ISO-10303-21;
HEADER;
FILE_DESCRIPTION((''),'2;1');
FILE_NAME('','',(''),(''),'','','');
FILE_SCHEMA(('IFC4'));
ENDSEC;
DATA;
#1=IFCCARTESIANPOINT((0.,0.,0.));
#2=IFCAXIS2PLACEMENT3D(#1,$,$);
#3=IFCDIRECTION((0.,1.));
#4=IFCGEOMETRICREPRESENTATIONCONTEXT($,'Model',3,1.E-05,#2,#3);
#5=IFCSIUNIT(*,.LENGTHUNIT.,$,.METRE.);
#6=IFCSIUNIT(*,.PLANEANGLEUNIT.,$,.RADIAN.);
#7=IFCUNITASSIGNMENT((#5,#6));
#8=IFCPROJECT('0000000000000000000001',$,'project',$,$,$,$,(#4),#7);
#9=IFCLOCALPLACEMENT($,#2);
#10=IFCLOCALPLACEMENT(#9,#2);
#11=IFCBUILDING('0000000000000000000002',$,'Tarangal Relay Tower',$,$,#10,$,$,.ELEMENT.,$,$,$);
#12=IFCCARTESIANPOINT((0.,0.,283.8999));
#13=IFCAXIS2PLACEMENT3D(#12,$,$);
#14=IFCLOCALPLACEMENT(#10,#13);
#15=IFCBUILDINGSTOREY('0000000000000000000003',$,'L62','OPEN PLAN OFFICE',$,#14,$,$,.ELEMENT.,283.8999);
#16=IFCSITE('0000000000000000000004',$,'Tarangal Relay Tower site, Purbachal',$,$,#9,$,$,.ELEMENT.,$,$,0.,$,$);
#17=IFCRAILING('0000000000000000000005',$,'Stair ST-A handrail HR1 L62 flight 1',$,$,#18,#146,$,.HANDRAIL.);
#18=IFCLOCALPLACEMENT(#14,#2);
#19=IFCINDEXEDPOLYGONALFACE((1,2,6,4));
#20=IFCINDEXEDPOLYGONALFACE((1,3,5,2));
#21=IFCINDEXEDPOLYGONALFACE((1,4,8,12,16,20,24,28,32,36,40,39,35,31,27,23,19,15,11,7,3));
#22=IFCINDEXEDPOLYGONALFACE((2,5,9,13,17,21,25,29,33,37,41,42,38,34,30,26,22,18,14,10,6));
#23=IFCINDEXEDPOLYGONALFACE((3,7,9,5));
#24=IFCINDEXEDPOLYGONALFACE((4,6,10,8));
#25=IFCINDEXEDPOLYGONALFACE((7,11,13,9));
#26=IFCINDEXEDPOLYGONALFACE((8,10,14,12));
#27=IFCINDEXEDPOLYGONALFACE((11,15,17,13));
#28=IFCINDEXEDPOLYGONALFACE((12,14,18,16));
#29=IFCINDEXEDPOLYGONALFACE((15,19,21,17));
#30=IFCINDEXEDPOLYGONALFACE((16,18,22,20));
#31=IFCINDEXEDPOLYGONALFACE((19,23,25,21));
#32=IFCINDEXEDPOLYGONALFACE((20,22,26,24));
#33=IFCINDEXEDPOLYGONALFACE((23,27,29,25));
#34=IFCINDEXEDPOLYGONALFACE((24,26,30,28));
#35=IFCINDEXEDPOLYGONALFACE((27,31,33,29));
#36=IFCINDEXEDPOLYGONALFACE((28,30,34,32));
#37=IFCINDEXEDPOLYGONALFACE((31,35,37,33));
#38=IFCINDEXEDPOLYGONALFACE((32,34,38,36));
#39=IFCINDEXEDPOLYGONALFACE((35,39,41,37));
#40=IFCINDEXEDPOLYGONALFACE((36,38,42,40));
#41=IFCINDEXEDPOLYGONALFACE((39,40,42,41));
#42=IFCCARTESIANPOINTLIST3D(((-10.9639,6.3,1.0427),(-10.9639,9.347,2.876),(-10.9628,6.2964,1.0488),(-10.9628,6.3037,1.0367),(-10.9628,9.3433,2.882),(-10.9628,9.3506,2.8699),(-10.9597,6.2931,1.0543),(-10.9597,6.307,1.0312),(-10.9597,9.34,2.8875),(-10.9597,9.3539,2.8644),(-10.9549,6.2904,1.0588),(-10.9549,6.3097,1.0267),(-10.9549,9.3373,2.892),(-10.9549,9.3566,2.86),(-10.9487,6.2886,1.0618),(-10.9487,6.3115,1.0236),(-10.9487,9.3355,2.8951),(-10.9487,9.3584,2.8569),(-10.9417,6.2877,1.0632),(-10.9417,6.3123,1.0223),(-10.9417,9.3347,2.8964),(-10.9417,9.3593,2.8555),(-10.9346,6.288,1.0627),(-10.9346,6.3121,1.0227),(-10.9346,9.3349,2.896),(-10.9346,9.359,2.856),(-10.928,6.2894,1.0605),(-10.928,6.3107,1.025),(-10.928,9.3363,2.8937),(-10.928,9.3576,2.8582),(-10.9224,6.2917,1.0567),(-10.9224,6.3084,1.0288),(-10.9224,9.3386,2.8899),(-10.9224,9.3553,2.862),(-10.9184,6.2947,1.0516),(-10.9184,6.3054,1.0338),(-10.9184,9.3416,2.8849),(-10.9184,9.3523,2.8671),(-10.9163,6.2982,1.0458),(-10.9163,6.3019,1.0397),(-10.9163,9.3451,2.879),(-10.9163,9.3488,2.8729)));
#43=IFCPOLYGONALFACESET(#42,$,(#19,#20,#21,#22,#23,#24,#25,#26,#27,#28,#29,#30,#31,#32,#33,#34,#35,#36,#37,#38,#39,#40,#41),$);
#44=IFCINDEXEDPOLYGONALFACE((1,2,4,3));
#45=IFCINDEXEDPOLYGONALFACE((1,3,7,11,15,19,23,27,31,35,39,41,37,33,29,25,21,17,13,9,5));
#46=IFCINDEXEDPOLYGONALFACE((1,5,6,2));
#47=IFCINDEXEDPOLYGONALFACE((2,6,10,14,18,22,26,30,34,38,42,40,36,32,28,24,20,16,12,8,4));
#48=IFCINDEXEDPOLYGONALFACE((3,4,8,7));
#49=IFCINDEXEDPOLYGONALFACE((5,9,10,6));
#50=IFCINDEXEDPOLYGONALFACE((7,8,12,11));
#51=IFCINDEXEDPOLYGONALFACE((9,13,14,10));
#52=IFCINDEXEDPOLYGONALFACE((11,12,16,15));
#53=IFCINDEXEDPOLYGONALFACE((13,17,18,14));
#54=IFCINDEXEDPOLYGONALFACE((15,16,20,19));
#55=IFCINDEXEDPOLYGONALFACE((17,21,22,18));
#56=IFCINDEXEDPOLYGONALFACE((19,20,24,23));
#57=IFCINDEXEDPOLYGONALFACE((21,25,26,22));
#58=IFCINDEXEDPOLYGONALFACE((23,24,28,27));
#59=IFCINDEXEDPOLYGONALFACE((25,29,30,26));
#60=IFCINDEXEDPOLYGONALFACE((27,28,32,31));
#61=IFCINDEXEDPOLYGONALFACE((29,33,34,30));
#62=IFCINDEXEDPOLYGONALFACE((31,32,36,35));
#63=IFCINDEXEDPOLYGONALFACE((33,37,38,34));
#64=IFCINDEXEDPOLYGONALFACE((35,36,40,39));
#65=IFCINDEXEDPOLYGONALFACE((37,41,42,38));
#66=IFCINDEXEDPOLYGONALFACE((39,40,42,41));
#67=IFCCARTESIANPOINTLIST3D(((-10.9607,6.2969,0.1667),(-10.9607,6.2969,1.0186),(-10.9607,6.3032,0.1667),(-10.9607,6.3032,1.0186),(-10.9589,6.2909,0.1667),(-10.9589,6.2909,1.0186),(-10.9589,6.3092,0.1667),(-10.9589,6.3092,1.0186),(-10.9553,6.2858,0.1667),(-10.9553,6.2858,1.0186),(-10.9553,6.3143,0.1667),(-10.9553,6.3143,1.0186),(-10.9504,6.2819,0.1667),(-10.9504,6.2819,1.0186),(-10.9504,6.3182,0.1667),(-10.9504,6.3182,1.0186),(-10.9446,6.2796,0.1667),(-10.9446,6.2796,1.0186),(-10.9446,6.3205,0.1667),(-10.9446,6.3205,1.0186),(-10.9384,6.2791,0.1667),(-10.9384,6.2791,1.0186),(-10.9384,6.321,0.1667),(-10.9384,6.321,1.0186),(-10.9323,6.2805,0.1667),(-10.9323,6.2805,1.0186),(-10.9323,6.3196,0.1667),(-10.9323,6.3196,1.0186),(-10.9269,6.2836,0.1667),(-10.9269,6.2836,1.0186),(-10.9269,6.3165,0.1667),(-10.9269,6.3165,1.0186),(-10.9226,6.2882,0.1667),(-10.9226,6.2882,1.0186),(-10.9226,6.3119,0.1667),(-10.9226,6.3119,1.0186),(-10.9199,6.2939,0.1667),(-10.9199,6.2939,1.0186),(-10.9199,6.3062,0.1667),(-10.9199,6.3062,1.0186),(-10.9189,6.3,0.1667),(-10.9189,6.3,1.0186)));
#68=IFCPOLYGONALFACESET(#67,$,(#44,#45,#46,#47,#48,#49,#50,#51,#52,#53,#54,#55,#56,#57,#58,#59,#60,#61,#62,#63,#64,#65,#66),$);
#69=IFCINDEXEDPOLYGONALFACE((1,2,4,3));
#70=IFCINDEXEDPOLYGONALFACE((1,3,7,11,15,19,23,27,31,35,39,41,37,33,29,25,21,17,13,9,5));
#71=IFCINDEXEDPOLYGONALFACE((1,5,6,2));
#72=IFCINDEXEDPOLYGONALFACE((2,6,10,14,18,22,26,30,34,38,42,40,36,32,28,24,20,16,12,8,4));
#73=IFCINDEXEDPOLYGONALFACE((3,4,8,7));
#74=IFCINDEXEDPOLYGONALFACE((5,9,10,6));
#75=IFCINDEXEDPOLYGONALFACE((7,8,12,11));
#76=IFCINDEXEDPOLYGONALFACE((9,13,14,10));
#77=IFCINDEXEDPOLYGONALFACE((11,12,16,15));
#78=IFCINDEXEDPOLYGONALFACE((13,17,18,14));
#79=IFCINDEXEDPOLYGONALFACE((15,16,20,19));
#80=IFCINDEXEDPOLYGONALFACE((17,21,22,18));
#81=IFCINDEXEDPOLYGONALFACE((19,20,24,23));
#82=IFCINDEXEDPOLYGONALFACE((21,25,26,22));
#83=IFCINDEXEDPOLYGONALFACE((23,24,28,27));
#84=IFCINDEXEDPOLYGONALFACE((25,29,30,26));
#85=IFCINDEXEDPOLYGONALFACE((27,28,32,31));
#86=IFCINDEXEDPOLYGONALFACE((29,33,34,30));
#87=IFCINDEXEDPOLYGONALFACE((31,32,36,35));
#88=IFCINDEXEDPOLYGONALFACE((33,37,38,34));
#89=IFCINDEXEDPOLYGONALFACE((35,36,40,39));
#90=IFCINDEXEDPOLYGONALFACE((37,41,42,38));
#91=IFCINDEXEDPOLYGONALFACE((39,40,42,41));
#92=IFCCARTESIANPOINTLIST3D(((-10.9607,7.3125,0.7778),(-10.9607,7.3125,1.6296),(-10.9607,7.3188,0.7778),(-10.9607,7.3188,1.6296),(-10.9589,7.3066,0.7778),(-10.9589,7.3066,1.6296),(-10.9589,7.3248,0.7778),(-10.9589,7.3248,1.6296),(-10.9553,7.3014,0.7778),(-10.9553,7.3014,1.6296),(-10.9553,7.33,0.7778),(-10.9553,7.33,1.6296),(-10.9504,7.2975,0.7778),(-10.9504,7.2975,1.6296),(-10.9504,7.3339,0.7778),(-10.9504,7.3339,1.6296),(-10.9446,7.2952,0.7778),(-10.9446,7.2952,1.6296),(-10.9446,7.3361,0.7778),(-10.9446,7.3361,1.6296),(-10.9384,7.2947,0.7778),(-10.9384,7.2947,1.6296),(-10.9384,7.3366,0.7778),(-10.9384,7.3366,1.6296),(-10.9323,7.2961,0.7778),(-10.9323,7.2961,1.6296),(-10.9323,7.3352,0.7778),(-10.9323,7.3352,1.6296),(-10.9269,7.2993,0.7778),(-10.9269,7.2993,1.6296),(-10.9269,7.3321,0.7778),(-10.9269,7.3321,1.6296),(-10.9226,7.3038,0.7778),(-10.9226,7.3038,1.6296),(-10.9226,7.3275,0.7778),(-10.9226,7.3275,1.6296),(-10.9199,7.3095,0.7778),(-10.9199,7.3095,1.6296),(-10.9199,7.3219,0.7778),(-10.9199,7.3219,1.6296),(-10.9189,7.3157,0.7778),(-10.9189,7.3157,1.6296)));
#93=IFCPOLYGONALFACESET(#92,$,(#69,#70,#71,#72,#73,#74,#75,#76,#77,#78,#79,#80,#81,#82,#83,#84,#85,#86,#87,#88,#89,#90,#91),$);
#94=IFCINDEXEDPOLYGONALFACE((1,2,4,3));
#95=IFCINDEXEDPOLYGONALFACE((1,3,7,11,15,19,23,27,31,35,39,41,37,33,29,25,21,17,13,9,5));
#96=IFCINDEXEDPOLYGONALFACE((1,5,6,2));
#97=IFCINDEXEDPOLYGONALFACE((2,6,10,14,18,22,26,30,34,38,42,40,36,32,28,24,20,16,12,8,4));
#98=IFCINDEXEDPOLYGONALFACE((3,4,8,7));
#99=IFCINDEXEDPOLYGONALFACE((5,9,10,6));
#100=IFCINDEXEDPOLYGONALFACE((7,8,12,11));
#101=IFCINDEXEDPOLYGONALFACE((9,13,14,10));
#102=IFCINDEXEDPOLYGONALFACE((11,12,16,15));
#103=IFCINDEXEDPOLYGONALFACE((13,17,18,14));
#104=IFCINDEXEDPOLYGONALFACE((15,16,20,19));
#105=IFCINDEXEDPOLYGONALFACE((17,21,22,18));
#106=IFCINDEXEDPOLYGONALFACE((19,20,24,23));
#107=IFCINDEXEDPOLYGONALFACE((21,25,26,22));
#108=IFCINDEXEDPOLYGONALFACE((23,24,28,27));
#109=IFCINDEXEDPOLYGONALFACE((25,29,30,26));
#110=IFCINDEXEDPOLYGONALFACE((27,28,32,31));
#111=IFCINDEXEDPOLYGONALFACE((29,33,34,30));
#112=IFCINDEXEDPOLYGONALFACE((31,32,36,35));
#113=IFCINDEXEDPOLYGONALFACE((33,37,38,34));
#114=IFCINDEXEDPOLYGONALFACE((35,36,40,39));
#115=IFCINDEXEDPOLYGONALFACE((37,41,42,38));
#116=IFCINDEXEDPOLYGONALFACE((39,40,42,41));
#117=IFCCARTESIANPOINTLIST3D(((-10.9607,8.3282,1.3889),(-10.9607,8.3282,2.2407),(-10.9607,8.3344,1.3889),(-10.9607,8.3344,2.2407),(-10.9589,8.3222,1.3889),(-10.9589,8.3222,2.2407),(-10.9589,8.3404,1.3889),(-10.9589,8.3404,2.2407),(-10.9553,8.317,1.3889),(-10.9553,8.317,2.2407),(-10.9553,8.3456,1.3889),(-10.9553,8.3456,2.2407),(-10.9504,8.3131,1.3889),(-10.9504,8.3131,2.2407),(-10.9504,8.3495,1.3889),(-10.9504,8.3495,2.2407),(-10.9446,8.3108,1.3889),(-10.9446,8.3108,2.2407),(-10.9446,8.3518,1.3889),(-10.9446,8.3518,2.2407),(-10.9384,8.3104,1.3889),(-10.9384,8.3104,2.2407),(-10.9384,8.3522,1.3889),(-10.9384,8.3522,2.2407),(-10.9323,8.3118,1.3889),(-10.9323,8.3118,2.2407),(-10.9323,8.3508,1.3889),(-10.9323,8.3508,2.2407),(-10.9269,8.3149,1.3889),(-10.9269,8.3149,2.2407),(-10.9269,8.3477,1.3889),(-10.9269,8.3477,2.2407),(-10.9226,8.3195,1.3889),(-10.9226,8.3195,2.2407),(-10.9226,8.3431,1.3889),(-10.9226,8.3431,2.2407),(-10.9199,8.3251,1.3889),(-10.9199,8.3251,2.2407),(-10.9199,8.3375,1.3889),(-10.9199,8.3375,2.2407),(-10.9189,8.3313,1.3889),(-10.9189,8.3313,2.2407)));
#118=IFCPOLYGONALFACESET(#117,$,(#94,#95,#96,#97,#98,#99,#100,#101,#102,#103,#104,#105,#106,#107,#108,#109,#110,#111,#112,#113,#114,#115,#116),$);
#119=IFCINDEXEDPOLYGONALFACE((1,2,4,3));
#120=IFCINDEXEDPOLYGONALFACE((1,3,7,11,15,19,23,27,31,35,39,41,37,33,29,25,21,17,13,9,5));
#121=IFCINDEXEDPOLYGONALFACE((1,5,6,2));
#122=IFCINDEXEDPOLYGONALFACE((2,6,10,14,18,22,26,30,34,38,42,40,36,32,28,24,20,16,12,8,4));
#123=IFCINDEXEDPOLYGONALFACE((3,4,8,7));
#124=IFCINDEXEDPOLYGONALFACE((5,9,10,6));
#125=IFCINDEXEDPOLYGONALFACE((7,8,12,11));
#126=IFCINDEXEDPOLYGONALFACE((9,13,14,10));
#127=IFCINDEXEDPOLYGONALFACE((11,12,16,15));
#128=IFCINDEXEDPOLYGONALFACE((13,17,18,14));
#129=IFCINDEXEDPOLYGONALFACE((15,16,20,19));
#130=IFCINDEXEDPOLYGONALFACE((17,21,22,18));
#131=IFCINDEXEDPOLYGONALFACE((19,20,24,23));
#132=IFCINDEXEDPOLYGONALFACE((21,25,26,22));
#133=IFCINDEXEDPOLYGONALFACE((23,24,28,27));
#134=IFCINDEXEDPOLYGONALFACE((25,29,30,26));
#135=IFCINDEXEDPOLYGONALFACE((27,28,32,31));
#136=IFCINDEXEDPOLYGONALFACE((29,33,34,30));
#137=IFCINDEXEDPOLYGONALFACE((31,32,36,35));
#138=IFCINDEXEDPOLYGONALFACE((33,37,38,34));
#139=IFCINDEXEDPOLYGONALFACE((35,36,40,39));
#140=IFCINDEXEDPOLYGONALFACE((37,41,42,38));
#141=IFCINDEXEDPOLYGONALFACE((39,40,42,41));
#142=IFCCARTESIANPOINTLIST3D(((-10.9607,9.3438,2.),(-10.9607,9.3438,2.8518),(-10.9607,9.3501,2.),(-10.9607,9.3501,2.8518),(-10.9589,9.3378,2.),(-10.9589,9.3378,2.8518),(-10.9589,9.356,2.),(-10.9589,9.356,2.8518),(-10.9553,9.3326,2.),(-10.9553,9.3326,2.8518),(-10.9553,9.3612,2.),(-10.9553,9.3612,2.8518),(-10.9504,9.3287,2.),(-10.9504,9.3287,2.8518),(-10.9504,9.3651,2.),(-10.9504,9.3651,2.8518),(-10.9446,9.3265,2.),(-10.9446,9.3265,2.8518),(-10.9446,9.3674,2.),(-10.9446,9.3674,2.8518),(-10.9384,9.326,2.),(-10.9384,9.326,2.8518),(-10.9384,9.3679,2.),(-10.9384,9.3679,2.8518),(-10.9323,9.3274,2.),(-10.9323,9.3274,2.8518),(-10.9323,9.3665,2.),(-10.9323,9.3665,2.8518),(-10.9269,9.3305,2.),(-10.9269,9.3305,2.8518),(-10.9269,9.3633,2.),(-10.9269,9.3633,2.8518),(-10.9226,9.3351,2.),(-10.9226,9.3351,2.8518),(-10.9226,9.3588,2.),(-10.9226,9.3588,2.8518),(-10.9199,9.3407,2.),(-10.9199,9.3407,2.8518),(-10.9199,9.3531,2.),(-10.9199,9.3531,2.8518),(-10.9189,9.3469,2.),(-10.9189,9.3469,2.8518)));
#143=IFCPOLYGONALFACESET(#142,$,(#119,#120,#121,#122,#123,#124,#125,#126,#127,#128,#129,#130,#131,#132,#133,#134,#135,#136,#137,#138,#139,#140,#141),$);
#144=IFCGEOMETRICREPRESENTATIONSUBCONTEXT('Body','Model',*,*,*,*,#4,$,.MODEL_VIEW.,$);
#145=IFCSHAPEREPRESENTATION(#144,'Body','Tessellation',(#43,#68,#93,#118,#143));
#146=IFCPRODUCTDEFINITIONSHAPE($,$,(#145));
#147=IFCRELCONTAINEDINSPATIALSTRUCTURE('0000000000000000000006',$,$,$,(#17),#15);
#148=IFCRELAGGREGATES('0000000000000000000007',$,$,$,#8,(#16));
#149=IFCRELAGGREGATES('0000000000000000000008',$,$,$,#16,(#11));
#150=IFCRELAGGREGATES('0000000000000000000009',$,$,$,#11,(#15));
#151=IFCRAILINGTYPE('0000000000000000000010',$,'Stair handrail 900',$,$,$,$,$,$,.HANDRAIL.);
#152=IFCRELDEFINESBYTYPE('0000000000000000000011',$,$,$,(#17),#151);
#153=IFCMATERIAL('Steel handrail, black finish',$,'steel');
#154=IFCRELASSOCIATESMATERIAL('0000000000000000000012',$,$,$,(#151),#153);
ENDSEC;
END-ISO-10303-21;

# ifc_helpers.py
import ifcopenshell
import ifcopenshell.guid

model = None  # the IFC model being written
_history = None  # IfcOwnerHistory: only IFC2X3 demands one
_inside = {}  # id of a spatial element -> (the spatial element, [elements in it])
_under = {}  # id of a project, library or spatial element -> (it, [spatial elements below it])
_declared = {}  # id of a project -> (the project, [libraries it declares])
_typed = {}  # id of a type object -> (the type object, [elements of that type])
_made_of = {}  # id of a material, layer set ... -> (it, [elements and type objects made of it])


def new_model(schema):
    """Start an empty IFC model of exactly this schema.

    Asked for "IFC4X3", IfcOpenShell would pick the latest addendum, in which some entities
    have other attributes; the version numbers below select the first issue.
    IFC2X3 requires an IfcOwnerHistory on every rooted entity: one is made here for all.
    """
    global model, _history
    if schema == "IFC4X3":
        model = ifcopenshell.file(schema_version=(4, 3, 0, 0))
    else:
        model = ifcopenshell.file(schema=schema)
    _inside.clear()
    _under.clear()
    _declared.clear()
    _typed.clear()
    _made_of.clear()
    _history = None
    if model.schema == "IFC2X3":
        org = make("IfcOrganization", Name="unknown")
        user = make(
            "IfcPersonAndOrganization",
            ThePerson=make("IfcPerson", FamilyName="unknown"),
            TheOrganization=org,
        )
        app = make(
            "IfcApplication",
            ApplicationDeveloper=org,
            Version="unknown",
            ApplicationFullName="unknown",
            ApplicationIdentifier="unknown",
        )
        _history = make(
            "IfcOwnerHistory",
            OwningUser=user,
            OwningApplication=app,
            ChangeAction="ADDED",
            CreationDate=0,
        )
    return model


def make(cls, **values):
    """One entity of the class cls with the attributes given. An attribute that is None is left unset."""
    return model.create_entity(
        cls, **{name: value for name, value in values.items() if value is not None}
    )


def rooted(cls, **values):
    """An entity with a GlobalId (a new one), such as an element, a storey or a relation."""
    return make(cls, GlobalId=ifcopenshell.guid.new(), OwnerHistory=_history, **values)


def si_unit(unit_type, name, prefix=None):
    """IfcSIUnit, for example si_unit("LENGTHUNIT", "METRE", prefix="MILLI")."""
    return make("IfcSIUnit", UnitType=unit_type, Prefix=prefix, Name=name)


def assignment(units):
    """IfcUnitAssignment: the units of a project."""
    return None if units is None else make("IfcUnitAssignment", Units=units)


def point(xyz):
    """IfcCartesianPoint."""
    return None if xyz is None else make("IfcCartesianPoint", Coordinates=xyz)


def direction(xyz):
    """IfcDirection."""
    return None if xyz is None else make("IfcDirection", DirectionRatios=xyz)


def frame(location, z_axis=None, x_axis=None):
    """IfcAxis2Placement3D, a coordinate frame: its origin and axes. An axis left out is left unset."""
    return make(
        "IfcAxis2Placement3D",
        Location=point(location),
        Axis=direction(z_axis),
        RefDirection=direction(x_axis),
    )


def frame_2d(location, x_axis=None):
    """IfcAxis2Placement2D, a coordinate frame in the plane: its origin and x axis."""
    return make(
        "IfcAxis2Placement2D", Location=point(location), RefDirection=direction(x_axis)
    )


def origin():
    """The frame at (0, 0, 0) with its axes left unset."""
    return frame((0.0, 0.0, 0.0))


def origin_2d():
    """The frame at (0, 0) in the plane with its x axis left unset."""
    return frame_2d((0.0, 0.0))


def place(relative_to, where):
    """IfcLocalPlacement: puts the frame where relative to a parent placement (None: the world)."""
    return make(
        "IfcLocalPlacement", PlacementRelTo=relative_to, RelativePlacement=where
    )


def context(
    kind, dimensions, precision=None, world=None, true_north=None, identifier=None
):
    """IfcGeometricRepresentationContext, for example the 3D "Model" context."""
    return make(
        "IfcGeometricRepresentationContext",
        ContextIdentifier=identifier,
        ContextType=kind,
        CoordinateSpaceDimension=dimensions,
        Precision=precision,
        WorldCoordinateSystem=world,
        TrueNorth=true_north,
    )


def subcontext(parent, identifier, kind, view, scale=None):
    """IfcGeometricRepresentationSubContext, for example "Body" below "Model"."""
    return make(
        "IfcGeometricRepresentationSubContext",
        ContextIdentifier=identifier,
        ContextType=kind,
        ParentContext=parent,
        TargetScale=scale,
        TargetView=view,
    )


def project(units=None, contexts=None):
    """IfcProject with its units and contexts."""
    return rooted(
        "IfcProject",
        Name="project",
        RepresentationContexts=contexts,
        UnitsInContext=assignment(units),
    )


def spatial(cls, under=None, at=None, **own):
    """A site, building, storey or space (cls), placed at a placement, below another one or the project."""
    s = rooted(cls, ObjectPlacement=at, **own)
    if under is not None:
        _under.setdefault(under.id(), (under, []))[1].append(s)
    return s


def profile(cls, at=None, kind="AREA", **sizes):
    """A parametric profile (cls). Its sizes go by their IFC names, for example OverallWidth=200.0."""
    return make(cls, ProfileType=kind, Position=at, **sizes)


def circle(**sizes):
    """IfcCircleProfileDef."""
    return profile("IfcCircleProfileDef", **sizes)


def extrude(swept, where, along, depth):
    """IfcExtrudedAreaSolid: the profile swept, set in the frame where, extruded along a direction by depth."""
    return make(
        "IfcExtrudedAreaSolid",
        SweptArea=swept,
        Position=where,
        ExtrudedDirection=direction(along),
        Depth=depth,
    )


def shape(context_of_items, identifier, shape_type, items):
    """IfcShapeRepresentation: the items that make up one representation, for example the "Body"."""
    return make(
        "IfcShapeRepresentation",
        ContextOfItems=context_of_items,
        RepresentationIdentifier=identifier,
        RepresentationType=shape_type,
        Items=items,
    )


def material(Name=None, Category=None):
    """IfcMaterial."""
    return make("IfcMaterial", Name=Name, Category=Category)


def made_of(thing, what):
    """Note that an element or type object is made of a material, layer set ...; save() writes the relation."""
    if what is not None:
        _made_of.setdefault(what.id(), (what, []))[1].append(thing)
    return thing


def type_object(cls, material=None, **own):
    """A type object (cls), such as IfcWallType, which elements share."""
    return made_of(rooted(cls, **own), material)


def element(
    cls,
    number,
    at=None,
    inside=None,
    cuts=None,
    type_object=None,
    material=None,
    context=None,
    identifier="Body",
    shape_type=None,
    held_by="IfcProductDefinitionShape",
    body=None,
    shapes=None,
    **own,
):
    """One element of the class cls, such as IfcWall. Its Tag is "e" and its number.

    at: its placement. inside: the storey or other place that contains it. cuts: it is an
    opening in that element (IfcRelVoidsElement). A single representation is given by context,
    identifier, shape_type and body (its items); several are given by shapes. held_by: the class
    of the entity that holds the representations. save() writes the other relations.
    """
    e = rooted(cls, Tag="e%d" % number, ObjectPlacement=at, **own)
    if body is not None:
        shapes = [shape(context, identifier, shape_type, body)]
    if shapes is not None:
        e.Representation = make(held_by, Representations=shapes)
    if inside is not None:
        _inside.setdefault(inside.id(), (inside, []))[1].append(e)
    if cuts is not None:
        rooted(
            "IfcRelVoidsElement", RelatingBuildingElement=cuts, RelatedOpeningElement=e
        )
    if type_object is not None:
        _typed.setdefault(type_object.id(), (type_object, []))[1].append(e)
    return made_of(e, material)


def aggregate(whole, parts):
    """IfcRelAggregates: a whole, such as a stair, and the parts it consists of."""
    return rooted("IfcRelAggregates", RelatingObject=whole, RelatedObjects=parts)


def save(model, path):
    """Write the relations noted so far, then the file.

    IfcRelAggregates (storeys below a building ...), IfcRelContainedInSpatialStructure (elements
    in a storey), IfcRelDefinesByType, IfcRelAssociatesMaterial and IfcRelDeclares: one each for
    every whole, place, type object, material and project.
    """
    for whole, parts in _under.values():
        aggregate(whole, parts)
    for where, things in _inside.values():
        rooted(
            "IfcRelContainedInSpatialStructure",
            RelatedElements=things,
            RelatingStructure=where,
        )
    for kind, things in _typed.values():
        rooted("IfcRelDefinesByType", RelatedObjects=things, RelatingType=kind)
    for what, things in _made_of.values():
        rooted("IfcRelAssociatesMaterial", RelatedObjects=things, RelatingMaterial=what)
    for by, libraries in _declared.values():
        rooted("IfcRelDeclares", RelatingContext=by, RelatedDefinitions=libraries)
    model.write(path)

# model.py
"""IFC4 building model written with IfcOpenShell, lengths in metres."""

from ifc_helpers import new_model, si_unit, direction, frame, origin, origin_2d, place, context, subcontext, project, spatial, circle, extrude, material, type_object, element, save


model = new_model("IFC4")

# Units and contexts
model_context = context("Model", 3, precision=1e-05, world=origin(), true_north=direction((0.0, 1.0)))
body_context = subcontext(model_context, "Body", "Model", "MODEL_VIEW")
ifc_project = project(units=[si_unit("LENGTHUNIT", "METRE"), si_unit("PLANEANGLEUNIT", "RADIAN")], contexts=[model_context])

# Site, building, storey
site_placement = place(None, origin())
site = spatial("IfcSite", under=ifc_project, at=site_placement, Name="Tarangal Relay Tower site, Purbachal", CompositionType="ELEMENT", RefElevation=0.0)
building_placement = place(site_placement, origin())
building = spatial("IfcBuilding", under=site, at=building_placement, Name="Tarangal Relay Tower", CompositionType="ELEMENT")
storey_placement = place(building_placement, frame((0.0, 0.0, 283.8999)))
storey = spatial("IfcBuildingStorey", under=building, at=storey_placement, Name="L62", Description="OPEN PLAN OFFICE", CompositionType="ELEMENT", Elevation=283.8999)

# Railing
ifc_material_1 = material(Name="Steel handrail, black finish", Category="steel")
railing_type = type_object("IfcRailingType", Name="Stair handrail 900", PredefinedType="HANDRAIL", material=ifc_material_1)
railing_placement = place(storey_placement, frame((-10.9399, 6.3, 0.1667)))
element("IfcRailing", 1, at=railing_placement, inside=storey, type_object=railing_type, Name="Stair ST-A handrail HR1 L62 flight 1", PredefinedType="HANDRAIL", context=body_context, shape_type="SweptSolid", body=[
    extrude(circle(Radius=0.0239, at=origin_2d()), frame((0.0, 0.0, 0.876), z_axis=(0.0, 0.856856, 0.515556), x_axis=(-1.0, 0.0, 0.0)), (0.0, 0.0, 1.0), 3.5559),
    extrude(circle(Radius=0.021, at=origin_2d()), origin(), (0.0, 0.0, 1.0), 0.8518),
    extrude(circle(Radius=0.021, at=origin_2d()), frame((0.0, 1.0156, 0.6111)), (0.0, 0.0, 1.0), 0.8518),
    extrude(circle(Radius=0.021, at=origin_2d()), frame((0.0, 2.0312, 1.2222)), (0.0, 0.0, 1.0), 0.8518),
    extrude(circle(Radius=0.021, at=origin_2d()), frame((0.0, 3.0469, 1.8333)), (0.0, 0.0, 1.0), 0.8518),
])

save(model, "model.ifc")
